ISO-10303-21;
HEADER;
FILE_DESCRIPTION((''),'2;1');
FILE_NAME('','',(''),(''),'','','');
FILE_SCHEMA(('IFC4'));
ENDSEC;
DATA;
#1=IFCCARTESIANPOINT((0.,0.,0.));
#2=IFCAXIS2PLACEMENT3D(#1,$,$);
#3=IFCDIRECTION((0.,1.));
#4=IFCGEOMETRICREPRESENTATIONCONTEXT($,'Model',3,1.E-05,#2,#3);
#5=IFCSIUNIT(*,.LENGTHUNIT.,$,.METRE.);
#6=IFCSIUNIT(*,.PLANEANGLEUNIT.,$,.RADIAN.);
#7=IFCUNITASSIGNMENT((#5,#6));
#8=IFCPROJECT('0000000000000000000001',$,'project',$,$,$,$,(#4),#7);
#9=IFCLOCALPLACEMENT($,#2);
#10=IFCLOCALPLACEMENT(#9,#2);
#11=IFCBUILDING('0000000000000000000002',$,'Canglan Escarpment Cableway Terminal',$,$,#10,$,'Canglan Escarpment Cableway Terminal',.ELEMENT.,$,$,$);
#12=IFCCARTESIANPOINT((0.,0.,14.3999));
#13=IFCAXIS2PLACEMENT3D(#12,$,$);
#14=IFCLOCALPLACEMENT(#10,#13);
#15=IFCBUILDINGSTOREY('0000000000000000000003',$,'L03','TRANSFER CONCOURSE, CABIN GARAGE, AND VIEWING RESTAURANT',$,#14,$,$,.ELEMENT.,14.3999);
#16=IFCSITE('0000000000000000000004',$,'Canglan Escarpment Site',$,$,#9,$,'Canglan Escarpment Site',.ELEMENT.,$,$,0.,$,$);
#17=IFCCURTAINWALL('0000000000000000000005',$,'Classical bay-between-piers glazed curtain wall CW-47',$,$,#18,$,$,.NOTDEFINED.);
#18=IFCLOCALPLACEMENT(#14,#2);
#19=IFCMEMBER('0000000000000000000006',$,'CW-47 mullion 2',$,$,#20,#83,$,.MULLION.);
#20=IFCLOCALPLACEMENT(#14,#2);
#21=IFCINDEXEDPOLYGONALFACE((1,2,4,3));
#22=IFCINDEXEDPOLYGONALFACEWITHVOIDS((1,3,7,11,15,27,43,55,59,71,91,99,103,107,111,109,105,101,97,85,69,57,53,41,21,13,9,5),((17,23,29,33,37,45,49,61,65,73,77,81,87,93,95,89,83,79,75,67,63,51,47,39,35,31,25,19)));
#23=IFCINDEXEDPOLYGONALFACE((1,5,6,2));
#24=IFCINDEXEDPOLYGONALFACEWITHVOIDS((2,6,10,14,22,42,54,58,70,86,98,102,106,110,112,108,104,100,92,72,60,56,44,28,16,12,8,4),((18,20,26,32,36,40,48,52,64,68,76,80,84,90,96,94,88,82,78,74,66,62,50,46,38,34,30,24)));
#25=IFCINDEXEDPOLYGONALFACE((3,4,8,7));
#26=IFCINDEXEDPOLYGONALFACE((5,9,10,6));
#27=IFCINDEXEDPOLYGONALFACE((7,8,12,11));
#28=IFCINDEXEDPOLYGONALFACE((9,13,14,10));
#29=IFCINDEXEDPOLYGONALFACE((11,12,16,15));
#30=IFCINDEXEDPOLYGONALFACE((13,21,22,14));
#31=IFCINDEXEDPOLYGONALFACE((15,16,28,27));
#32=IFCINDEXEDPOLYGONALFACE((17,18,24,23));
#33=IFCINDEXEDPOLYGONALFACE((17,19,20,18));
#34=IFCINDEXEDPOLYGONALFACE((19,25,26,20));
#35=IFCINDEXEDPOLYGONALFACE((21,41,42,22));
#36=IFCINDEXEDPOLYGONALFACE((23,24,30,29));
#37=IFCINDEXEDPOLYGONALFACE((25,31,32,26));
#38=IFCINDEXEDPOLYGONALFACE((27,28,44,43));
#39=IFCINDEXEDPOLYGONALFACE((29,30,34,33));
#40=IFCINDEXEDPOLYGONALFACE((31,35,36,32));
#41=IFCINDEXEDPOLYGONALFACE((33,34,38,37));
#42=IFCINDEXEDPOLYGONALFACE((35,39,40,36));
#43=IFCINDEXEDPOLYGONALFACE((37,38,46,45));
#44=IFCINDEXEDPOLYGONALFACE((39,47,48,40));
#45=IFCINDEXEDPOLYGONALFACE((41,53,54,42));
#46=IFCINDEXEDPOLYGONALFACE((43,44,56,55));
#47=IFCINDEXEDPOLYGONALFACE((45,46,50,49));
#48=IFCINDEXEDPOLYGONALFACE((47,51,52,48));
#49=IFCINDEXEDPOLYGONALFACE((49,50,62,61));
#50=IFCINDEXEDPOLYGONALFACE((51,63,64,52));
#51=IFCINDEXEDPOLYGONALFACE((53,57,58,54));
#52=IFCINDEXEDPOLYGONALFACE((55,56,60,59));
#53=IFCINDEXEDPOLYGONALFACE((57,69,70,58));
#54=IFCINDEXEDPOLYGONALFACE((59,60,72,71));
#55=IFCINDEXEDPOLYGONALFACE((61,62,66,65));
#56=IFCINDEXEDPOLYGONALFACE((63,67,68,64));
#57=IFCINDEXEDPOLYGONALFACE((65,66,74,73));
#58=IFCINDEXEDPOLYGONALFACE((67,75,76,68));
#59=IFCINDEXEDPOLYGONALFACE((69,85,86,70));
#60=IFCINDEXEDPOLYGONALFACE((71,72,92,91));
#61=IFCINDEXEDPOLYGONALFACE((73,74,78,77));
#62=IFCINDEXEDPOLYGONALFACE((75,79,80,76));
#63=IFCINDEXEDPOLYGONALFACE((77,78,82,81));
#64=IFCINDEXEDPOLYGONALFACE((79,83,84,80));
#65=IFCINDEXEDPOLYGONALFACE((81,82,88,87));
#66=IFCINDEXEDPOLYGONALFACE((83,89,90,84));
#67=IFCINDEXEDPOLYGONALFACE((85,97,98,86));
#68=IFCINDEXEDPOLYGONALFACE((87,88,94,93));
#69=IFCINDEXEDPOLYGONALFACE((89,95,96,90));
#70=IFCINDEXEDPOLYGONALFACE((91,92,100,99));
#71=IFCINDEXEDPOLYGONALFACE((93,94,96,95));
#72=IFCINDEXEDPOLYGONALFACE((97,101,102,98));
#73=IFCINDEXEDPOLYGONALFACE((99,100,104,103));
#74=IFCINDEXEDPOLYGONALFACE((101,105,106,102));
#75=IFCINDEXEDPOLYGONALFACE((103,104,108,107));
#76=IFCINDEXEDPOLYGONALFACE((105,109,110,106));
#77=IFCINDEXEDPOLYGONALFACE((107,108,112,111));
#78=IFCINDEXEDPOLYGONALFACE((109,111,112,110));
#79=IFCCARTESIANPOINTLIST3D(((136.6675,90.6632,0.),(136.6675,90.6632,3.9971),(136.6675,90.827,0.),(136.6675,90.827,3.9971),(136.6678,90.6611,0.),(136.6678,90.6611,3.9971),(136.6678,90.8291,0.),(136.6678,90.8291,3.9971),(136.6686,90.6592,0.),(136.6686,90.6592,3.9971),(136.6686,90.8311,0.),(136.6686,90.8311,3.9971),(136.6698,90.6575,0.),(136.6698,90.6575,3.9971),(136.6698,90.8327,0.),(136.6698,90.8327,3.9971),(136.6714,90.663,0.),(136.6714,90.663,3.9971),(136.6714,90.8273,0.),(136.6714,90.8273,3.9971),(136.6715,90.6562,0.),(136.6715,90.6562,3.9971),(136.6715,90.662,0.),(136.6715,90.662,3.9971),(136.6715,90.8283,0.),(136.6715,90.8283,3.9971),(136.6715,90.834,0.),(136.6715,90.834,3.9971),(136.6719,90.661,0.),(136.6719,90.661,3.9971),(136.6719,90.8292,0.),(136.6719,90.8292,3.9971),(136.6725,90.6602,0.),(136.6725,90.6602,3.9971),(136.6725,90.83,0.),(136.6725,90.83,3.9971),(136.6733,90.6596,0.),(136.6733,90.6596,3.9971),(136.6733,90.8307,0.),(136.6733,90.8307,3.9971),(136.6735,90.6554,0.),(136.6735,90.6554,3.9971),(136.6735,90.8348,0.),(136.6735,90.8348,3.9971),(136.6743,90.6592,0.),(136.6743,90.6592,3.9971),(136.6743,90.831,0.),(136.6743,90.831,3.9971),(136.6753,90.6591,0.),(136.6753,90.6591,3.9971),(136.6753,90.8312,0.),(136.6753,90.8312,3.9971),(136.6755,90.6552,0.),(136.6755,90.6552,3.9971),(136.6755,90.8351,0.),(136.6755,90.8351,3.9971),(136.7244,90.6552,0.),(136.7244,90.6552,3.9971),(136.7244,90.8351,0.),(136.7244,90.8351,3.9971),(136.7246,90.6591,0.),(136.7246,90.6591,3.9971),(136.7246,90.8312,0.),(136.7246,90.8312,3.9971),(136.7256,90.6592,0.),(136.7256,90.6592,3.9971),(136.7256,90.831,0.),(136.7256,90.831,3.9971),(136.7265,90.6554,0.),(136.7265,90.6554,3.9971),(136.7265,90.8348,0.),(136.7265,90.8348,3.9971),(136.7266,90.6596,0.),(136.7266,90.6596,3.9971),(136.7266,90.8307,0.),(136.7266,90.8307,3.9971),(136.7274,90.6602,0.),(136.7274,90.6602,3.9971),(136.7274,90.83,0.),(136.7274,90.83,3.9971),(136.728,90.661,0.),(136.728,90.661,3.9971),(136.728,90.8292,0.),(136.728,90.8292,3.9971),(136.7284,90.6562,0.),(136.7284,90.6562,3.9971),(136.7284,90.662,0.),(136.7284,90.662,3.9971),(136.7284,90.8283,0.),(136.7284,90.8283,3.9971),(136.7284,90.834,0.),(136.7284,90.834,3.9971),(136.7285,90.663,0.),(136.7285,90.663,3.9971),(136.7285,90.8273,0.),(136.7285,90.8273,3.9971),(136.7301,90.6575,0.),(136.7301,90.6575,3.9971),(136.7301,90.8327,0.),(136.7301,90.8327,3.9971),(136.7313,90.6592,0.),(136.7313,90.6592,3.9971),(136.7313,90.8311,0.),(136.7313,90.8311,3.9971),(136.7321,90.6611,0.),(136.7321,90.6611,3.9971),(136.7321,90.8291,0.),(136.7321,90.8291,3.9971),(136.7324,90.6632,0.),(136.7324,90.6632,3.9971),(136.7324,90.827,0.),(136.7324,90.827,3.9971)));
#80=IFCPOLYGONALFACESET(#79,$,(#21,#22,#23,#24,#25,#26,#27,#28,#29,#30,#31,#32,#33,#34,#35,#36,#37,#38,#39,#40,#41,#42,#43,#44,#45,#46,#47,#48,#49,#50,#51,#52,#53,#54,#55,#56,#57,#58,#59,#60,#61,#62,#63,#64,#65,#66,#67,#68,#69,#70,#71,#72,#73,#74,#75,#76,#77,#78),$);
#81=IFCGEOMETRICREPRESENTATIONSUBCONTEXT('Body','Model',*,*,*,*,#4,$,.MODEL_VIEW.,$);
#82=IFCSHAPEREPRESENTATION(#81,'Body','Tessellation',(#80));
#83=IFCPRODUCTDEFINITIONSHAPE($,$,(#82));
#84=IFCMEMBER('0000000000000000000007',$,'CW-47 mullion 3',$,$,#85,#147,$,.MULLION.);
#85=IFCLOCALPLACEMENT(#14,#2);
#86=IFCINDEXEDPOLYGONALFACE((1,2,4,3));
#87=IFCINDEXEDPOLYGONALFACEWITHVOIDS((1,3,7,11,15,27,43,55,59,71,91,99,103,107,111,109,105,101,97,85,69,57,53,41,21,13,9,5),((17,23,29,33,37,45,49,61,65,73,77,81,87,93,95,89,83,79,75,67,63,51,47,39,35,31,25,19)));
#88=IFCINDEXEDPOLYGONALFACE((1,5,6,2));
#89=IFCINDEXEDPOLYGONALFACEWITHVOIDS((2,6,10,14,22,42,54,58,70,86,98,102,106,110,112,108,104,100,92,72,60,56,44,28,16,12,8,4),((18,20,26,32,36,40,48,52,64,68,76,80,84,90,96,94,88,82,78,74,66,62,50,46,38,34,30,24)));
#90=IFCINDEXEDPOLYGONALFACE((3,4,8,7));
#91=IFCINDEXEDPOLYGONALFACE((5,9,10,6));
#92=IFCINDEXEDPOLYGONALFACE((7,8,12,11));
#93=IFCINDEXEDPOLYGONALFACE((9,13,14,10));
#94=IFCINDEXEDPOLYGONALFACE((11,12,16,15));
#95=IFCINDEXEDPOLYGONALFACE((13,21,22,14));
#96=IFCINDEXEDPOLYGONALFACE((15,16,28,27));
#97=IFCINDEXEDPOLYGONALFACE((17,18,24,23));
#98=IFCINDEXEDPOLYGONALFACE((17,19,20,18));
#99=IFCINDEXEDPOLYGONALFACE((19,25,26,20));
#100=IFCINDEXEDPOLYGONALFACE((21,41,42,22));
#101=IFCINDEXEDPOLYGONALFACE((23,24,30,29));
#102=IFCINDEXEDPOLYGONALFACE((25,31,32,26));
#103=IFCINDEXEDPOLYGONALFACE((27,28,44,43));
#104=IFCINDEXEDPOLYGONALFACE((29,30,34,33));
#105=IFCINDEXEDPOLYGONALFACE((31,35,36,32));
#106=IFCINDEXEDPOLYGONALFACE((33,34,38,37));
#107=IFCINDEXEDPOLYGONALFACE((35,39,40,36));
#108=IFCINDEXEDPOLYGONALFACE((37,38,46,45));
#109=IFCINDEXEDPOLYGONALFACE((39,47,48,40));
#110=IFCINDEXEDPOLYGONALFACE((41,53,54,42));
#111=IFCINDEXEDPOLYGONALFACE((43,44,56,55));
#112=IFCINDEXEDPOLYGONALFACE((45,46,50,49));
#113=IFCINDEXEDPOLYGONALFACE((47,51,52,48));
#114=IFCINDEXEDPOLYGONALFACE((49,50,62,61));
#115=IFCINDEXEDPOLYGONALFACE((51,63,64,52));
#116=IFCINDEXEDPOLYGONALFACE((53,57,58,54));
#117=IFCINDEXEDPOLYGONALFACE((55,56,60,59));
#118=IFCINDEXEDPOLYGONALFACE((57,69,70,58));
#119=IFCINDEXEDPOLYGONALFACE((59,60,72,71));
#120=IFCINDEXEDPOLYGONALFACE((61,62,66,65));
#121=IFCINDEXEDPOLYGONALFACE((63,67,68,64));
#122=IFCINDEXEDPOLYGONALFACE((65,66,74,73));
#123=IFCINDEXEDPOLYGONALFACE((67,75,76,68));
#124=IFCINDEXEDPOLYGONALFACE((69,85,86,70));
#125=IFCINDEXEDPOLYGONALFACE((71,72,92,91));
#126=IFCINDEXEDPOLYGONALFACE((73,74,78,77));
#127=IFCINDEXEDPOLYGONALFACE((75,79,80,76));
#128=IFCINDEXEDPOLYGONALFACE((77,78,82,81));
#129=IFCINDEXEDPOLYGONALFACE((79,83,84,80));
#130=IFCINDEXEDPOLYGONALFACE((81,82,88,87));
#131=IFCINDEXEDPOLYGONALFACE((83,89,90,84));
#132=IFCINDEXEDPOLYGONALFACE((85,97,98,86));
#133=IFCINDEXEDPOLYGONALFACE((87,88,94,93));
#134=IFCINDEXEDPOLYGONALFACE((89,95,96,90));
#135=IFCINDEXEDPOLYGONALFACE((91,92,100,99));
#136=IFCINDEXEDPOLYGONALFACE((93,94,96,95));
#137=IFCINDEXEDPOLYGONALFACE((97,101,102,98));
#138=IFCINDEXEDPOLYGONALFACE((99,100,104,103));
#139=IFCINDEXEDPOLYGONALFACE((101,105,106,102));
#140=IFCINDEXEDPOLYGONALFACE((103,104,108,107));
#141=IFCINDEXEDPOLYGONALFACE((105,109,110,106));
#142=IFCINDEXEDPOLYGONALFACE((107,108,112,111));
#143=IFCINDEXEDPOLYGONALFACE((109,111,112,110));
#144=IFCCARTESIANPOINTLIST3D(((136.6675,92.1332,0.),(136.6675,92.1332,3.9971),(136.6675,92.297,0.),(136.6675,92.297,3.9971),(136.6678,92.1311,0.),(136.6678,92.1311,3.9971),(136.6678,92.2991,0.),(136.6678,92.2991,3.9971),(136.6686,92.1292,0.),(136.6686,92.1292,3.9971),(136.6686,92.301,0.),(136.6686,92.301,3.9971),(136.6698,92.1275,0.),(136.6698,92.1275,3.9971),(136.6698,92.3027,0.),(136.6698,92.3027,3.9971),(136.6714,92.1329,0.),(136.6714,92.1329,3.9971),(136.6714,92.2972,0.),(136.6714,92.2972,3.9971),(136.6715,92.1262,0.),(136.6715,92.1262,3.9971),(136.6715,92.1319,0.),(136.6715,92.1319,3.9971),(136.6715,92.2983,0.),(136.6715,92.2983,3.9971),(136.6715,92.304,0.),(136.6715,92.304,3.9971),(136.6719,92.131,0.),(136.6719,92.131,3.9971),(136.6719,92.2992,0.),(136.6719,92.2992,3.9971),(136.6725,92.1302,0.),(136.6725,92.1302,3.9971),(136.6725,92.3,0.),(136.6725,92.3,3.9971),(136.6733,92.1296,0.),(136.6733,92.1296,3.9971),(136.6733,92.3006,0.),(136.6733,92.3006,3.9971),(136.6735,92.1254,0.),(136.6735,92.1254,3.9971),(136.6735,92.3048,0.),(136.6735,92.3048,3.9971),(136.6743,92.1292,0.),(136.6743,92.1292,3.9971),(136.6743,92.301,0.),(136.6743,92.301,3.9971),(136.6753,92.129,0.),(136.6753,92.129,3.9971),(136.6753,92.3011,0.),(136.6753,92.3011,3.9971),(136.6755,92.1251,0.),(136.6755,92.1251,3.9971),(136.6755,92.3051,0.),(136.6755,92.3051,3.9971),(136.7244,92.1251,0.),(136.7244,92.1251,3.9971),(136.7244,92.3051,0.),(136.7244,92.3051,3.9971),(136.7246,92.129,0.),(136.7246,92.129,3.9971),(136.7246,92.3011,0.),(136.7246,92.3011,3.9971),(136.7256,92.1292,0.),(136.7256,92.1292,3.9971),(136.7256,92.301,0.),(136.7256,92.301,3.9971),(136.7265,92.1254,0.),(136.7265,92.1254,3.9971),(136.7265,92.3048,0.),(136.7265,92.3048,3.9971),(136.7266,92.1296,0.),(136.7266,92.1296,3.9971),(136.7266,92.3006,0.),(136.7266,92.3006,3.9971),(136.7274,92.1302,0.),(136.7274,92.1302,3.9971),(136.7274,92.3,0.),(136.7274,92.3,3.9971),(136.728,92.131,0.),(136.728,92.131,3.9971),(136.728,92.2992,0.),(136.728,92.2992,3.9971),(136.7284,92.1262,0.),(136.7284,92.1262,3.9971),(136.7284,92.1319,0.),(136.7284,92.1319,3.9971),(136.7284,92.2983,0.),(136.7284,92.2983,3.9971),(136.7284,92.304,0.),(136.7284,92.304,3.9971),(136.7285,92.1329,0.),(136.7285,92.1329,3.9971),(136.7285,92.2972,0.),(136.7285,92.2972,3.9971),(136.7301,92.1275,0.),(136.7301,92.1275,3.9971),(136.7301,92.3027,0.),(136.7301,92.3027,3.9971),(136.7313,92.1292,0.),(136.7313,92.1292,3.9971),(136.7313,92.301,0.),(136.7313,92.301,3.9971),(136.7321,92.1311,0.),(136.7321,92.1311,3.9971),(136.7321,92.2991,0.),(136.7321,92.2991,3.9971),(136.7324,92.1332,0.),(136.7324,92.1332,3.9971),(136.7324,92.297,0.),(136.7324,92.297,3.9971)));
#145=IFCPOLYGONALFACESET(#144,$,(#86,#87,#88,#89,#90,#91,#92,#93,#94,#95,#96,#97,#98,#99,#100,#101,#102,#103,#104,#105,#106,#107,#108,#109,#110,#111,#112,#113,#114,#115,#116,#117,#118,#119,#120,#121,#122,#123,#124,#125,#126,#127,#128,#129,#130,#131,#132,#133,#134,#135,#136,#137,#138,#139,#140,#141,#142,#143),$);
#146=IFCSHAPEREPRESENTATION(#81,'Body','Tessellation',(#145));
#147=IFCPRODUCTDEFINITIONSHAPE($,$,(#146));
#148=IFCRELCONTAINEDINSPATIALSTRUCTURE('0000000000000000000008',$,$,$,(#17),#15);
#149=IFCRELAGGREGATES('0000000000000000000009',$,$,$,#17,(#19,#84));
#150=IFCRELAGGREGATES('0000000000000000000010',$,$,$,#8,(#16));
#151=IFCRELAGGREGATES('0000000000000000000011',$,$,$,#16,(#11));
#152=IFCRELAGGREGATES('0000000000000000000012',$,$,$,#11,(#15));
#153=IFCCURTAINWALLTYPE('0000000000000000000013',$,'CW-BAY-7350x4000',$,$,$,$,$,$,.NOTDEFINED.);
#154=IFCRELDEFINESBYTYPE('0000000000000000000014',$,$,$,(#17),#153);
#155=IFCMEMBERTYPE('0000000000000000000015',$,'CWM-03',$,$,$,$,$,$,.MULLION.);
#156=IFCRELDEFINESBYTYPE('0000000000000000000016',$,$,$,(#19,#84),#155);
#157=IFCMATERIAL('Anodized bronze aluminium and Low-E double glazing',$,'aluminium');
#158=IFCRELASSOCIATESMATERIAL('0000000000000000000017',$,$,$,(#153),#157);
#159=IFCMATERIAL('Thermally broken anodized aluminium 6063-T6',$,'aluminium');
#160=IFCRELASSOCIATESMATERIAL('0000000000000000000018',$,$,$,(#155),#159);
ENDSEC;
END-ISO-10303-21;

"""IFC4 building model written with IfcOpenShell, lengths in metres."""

from ifc_helpers import new_model, si_unit, direction, frame, origin, origin_2d, place, context, subcontext, project, spatial, hollow_rectangle, extrude, material, material_profile, profile_set, type_object, element, aggregate, save


model = new_model("IFC4")

# Units and contexts
model_context = context("Model", 3, precision=1e-05, world=origin(), true_north=direction((0.0, 1.0)))
body_context = subcontext(model_context, "Body", "Model", "MODEL_VIEW")
ifc_project = project(units=[si_unit("LENGTHUNIT", "METRE"), si_unit("PLANEANGLEUNIT", "RADIAN")], contexts=[model_context])

# Site, building, storey
site_placement = place(None, origin())
site = spatial("IfcSite", under=ifc_project, at=site_placement, Name="Canglan Escarpment Site", LongName="Canglan Escarpment Site", CompositionType="ELEMENT", RefElevation=0.0)
building_placement = place(site_placement, origin())
building = spatial("IfcBuilding", under=site, at=building_placement, Name="Canglan Escarpment Cableway Terminal", LongName="Canglan Escarpment Cableway Terminal", CompositionType="ELEMENT")
storey_placement = place(building_placement, frame((0.0, 0.0, 14.3999)))
storey = spatial("IfcBuildingStorey", under=building, at=storey_placement, Name="L03", Description="TRANSFER CONCOURSE, CABIN GARAGE, AND VIEWING RESTAURANT", CompositionType="ELEMENT", Elevation=14.3999)

# Curtain wall, members
ifc_material_1 = material(Name="Anodized bronze aluminium and Low-E double glazing", Category="aluminium")
curtain_wall_type = type_object("IfcCurtainWallType", Name="CW-BAY-7350x4000", PredefinedType="NOTDEFINED", material=ifc_material_1)
curtain_wall_placement = place(storey_placement, origin())
curtain_wall = element("IfcCurtainWall", 1, at=curtain_wall_placement, inside=storey, type_object=curtain_wall_type, Name="Classical bay-between-piers glazed curtain wall CW-47", PredefinedType="NOTDEFINED")
ifc_material_2 = material(Name="Thermally broken anodized aluminium 6063-T6", Category="aluminium")
ifc_material_profile_1 = material_profile(ifc_material_2, hollow_rectangle(XDim=0.0649, YDim=0.1799, WallThickness=0.0039, InnerFilletRadius=0.0039, OuterFilletRadius=0.0081, at=origin_2d()), Name="ALU-MULL 65x180x4")
ifc_profile_set_1 = profile_set([ifc_material_profile_1], Name="Thermally broken anodized aluminium 6063-T6")
member_type_1 = type_object("IfcMemberType", Name="CWM-03", PredefinedType="MULLION", material=ifc_profile_set_1)
member_1_placement = place(storey_placement, frame((136.7, 90.7451, 0.0), z_axis=(0.0, 0.0, 1.0), x_axis=(-1.0, 0.0, 0.0)))
member_1 = element("IfcMember", 2, at=member_1_placement, type_object=member_type_1, Name="CW-47 mullion 2", PredefinedType="MULLION", context=body_context, shape_type="SweptSolid", body=[
    extrude(hollow_rectangle(XDim=0.0649, YDim=0.1799, WallThickness=0.0039, InnerFilletRadius=0.0039, OuterFilletRadius=0.0081, at=origin_2d()), origin(), (0.0, 0.0, 1.0), 3.9971),
])
member_2_placement = place(storey_placement, frame((136.7, 92.2151, 0.0), z_axis=(0.0, 0.0, 1.0), x_axis=(-1.0, 0.0, 0.0)))
member_2 = element("IfcMember", 3, at=member_2_placement, type_object=member_type_1, Name="CW-47 mullion 3", PredefinedType="MULLION", context=body_context, shape_type="SweptSolid", body=[
    extrude(hollow_rectangle(XDim=0.0649, YDim=0.1799, WallThickness=0.0039, InnerFilletRadius=0.0039, OuterFilletRadius=0.0081, at=origin_2d()), origin(), (0.0, 0.0, 1.0), 3.9971),
])
aggregate(curtain_wall, [member_1, member_2])

save(model, "model.ifc")
